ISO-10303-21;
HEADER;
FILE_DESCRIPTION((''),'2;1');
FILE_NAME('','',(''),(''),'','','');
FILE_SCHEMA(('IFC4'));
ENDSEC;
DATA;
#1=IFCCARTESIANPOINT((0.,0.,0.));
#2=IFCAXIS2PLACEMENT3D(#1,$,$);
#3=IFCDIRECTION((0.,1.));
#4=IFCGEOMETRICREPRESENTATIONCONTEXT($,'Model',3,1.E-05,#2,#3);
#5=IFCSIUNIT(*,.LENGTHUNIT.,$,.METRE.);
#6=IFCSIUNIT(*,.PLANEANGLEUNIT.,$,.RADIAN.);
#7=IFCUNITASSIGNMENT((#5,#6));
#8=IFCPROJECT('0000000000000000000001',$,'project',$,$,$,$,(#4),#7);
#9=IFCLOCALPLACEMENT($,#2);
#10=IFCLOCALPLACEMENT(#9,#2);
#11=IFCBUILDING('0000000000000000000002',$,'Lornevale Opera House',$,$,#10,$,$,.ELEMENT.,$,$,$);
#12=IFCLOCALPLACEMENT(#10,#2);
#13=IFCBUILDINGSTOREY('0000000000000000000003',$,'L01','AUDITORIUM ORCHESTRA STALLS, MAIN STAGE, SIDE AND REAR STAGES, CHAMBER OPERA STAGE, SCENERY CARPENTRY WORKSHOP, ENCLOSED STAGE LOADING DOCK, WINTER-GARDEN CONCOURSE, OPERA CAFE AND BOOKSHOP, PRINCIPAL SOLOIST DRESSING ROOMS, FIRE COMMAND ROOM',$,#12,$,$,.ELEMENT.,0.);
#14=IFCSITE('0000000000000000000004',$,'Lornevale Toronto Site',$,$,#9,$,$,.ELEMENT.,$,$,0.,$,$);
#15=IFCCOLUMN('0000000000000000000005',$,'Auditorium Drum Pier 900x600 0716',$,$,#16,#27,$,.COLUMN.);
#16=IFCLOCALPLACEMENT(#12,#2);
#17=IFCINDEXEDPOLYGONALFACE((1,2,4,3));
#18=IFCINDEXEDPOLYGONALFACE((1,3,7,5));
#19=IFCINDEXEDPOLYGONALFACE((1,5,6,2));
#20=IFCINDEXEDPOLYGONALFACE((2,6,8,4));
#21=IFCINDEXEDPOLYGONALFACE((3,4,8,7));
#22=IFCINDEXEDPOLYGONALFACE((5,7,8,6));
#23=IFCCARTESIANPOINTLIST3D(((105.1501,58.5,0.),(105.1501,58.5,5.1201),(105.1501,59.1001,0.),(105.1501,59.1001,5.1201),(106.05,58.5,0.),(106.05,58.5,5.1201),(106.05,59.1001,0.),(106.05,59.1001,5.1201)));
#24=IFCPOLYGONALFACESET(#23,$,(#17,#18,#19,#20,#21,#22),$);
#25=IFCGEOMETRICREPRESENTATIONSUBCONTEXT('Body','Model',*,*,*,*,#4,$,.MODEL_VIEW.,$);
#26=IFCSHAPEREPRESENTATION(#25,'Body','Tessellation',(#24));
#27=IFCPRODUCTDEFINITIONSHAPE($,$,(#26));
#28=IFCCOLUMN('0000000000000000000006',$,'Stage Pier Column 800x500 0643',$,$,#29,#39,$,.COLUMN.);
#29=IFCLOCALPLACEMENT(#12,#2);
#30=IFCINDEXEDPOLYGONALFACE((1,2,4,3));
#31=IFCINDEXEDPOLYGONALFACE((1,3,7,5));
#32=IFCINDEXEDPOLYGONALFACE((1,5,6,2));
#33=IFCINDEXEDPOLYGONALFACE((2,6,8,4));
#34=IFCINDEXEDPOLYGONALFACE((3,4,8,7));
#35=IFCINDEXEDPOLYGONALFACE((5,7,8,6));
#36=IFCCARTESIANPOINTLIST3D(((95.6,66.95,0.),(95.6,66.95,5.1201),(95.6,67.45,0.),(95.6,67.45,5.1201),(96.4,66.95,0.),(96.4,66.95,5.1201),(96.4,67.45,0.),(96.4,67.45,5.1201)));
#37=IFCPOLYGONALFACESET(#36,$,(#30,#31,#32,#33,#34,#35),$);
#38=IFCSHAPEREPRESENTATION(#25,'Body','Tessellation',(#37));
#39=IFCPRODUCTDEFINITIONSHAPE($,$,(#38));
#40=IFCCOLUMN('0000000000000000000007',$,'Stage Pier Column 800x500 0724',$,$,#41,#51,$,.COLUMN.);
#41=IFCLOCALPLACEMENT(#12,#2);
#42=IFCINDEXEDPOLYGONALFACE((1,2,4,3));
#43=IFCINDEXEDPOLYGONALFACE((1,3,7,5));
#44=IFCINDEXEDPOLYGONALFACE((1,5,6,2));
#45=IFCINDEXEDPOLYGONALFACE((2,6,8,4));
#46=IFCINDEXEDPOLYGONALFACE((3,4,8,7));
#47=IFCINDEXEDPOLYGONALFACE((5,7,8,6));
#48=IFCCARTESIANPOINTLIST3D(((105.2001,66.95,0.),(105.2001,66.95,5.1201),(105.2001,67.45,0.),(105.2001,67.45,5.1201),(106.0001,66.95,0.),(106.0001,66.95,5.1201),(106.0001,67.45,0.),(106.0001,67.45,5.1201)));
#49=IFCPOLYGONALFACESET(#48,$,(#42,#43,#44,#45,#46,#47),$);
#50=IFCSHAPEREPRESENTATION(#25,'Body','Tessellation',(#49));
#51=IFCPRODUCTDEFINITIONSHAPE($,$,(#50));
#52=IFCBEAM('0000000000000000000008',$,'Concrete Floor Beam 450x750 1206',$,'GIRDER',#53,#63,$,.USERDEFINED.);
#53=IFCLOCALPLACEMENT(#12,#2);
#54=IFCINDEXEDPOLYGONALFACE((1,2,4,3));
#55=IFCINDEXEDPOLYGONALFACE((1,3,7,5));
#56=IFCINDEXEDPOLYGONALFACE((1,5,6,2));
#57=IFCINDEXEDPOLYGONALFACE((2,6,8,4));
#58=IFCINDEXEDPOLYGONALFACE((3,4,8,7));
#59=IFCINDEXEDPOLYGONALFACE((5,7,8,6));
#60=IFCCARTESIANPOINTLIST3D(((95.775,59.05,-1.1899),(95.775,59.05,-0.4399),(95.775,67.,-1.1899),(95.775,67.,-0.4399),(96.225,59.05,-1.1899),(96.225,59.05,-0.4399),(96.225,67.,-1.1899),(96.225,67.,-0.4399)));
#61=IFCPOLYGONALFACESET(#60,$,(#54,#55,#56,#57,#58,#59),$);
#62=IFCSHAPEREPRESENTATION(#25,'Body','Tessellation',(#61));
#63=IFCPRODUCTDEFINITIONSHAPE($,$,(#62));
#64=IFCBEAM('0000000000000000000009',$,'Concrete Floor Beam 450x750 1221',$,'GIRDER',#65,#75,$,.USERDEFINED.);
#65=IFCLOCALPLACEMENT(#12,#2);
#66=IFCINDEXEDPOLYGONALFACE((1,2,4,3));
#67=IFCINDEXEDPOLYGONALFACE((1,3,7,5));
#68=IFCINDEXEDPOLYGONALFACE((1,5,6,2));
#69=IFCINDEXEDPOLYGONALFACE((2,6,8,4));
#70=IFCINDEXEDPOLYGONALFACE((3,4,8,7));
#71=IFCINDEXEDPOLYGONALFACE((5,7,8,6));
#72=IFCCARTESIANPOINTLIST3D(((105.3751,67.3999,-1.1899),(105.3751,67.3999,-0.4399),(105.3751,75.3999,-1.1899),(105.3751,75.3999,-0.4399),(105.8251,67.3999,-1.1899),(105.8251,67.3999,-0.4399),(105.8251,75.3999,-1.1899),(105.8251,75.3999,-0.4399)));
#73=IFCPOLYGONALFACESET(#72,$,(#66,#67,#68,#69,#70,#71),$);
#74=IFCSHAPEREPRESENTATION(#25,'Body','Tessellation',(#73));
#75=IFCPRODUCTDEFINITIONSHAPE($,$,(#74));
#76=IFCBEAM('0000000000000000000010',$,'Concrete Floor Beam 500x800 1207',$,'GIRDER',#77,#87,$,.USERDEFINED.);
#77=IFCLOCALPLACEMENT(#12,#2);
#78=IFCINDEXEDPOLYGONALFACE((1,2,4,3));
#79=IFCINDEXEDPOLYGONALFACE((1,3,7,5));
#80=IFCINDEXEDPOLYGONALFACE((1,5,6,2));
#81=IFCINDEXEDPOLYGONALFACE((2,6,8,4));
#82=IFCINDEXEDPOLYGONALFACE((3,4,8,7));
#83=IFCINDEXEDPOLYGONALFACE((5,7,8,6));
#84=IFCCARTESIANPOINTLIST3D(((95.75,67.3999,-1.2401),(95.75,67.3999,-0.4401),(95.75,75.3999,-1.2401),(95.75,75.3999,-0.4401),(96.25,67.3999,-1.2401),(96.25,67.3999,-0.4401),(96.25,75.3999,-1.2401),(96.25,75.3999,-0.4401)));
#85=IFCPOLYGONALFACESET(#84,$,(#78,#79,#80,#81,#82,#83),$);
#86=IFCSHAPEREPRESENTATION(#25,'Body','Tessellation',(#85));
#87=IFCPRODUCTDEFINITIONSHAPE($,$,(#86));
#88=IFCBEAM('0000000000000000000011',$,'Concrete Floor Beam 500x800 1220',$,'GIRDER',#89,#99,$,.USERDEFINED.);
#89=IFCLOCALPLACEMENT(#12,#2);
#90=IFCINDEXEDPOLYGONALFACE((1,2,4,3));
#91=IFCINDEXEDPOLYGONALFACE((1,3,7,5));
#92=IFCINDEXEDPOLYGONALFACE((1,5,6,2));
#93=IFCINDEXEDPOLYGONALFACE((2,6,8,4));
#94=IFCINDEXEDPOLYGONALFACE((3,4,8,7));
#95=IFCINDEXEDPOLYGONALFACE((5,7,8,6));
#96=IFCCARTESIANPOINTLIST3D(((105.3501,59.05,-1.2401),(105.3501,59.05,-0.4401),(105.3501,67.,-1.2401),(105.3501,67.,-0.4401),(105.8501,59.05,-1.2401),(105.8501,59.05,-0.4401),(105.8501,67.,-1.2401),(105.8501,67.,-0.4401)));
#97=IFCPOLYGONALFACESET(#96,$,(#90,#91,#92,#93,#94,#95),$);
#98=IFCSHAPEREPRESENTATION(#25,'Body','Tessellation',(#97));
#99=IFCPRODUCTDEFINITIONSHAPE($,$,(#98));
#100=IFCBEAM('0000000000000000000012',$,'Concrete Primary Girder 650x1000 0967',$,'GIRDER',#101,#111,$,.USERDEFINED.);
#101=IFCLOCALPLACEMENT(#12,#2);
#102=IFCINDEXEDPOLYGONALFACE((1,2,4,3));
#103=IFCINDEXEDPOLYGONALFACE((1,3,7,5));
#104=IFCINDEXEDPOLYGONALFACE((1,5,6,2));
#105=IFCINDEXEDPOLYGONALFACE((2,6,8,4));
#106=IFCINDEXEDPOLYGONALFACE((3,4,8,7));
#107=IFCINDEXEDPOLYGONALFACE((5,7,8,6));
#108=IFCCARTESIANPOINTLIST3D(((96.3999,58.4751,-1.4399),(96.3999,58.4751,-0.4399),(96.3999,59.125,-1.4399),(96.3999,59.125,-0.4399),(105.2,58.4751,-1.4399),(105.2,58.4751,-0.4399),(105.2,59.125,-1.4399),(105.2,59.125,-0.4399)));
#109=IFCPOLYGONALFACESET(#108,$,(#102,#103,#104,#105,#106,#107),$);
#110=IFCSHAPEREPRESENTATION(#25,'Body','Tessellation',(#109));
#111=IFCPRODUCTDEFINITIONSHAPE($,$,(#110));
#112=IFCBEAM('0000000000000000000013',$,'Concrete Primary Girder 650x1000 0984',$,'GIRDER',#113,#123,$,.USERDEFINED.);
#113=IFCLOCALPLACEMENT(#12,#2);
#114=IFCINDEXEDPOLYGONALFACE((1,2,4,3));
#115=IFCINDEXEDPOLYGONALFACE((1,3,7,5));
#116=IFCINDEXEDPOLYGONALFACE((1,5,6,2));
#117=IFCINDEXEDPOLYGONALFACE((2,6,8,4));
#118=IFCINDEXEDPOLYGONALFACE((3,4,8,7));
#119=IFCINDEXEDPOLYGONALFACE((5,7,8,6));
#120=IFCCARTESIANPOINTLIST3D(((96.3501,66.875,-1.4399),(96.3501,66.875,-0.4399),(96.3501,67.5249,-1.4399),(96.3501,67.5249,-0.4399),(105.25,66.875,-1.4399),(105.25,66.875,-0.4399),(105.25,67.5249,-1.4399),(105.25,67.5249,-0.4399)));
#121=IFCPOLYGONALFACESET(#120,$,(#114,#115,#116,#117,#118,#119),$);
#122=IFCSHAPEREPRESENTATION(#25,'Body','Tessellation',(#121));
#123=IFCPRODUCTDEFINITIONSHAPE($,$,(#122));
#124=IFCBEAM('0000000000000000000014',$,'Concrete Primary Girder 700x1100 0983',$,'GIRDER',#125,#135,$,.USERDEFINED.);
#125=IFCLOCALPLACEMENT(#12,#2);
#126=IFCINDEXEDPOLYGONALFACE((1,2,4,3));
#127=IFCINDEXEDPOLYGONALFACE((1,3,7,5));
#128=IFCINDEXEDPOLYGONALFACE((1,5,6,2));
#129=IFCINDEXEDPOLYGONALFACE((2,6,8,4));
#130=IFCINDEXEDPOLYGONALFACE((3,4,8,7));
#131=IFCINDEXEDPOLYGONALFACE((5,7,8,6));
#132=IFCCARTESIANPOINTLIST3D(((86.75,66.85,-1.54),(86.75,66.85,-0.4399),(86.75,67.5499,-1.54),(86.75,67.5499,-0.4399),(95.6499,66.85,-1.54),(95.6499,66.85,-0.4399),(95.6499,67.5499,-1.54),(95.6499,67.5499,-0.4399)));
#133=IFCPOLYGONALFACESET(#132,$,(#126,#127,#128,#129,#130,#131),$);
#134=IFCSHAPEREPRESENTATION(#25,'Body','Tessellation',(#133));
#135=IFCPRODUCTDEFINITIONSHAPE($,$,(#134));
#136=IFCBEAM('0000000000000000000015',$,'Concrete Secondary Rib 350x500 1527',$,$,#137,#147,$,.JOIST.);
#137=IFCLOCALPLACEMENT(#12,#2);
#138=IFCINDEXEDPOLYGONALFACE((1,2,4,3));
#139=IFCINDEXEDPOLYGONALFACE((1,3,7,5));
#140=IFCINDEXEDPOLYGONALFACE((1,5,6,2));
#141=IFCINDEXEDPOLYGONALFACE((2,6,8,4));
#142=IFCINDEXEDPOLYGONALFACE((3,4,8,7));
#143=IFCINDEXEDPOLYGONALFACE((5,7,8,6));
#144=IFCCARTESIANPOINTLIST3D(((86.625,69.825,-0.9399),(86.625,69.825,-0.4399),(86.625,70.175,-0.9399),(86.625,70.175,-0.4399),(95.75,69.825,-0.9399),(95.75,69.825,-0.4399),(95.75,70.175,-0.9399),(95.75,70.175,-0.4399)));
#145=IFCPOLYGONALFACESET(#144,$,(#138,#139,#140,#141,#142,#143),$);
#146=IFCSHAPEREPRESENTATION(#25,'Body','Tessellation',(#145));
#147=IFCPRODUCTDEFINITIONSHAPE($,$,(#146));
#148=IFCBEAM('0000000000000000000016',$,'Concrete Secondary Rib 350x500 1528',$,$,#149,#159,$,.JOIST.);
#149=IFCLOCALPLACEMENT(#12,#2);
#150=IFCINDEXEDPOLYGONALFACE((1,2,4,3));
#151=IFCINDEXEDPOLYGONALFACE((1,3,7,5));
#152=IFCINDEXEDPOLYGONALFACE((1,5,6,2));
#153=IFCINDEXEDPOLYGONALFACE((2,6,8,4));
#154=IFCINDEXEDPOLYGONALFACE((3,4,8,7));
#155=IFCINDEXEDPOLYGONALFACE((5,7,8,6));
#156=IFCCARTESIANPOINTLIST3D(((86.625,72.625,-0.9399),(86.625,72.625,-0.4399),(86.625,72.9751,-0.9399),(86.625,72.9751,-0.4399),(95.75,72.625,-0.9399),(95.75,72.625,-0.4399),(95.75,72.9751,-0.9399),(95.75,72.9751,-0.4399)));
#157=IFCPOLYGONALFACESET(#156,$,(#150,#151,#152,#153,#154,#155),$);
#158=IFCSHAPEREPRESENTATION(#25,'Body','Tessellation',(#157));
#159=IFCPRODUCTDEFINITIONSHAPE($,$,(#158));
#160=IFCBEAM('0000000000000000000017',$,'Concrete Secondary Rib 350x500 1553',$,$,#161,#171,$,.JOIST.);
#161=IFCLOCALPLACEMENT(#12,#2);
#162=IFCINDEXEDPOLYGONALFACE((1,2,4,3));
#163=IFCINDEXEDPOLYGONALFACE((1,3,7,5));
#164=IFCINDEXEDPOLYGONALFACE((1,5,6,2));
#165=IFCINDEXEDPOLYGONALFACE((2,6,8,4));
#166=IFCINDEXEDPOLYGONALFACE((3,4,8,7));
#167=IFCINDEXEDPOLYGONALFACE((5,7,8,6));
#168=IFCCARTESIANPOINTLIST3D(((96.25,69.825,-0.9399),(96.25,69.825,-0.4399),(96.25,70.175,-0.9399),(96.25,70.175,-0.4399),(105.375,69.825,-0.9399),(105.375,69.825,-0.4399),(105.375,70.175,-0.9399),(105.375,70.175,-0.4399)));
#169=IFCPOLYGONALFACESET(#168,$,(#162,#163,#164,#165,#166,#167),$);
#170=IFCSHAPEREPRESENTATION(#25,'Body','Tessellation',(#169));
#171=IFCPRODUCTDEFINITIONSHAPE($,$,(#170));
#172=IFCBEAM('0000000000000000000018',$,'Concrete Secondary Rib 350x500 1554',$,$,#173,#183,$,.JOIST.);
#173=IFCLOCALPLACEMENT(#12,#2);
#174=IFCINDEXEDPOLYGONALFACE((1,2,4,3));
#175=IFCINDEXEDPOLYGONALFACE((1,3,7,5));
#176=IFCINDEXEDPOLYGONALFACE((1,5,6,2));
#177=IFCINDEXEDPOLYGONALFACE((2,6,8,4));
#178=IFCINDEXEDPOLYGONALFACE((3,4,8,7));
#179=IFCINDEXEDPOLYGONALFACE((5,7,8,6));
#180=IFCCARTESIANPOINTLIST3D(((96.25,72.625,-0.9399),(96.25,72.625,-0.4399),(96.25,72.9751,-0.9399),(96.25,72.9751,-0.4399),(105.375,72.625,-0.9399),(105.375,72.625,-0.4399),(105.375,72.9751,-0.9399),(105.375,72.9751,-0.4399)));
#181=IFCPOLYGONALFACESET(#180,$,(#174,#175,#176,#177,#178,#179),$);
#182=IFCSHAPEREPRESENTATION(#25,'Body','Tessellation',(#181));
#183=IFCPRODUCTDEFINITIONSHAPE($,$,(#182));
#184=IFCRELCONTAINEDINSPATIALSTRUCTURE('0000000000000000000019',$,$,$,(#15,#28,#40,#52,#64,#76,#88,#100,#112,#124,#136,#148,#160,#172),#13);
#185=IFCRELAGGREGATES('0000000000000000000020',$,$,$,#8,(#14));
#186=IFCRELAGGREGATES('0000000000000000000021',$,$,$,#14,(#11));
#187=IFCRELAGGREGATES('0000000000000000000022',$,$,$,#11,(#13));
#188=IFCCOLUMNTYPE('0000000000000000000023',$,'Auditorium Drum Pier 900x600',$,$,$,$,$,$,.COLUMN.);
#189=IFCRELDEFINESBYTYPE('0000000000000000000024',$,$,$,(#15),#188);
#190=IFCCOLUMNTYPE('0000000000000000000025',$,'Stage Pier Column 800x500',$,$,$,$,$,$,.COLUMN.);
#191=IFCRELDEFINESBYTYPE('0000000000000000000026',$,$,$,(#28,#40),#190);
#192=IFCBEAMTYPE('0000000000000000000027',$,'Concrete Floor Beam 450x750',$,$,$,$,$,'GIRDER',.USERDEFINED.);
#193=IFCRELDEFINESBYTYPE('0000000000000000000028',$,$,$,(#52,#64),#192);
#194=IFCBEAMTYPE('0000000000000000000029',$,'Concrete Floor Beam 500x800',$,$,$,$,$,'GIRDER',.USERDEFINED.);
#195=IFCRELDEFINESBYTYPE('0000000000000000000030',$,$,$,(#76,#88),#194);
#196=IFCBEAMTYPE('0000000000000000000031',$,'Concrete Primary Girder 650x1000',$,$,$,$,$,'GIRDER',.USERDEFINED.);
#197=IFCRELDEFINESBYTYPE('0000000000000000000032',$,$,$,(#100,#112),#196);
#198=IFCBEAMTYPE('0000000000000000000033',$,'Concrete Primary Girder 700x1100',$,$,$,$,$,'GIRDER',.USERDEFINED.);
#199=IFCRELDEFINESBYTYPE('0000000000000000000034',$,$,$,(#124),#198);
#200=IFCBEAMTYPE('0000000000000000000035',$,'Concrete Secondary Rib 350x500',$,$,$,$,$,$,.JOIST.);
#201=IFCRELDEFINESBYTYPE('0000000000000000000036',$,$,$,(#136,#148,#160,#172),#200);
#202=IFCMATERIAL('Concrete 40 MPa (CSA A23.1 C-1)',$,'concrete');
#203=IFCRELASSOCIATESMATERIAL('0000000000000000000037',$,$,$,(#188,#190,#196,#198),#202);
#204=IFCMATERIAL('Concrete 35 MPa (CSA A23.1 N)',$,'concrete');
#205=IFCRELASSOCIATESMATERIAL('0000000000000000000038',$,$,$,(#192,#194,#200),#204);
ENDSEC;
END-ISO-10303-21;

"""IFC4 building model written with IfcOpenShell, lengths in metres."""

from ifc_helpers import new_model, si_unit, direction, frame, origin, origin_2d, place, context, subcontext, project, spatial, rectangle, extrude, material, material_profile, profile_set, type_object, element, save


model = new_model("IFC4")

# Units and contexts
model_context = context("Model", 3, precision=1e-05, world=origin(), true_north=direction((0.0, 1.0)))
body_context = subcontext(model_context, "Body", "Model", "MODEL_VIEW")
ifc_project = project(units=[si_unit("LENGTHUNIT", "METRE"), si_unit("PLANEANGLEUNIT", "RADIAN")], contexts=[model_context])

# Site, building, storey
site_placement = place(None, origin())
site = spatial("IfcSite", under=ifc_project, at=site_placement, Name="Lornevale Toronto Site", CompositionType="ELEMENT", RefElevation=0.0)
building_placement = place(site_placement, origin())
building = spatial("IfcBuilding", under=site, at=building_placement, Name="Lornevale Opera House", CompositionType="ELEMENT")
storey_placement = place(building_placement, origin())
storey = spatial("IfcBuildingStorey", under=building, at=storey_placement, Name="L01", Description="AUDITORIUM ORCHESTRA STALLS, MAIN STAGE, SIDE AND REAR STAGES, CHAMBER OPERA STAGE, SCENERY CARPENTRY WORKSHOP, ENCLOSED STAGE LOADING DOCK, WINTER-GARDEN CONCOURSE, OPERA CAFE AND BOOKSHOP, PRINCIPAL SOLOIST DRESSING ROOMS, FIRE COMMAND ROOM", CompositionType="ELEMENT", Elevation=0.0)

# Columns
ifc_material_1 = material(Name="Concrete 40 MPa (CSA A23.1 C-1)", Category="concrete")
ifc_material_profile_1 = material_profile(ifc_material_1, rectangle(XDim=0.8999, YDim=0.6001, at=origin_2d()), Name="RC900x600")
ifc_profile_set_1 = profile_set([ifc_material_profile_1], Name="Concrete 40 MPa (CSA A23.1 C-1)")
column_type_1 = type_object("IfcColumnType", Name="Auditorium Drum Pier 900x600", PredefinedType="COLUMN", material=ifc_profile_set_1)
column_placement = place(storey_placement, frame((105.6001, 58.8, 0.0), z_axis=(0.0, 0.0, 1.0), x_axis=(1.0, 0.0, 0.0)))
element("IfcColumn", 1, at=column_placement, inside=storey, type_object=column_type_1, Name="Auditorium Drum Pier 900x600 0716", PredefinedType="COLUMN", context=body_context, shape_type="SweptSolid", body=[
    extrude(rectangle(XDim=0.8999, YDim=0.6001, at=origin_2d()), origin(), (0.0, 0.0, 1.0), 5.1201),
])
ifc_material_profile_2 = material_profile(ifc_material_1, rectangle(XDim=0.8, YDim=0.5, at=origin_2d()), Name="RC800x500")
ifc_profile_set_2 = profile_set([ifc_material_profile_2], Name="Concrete 40 MPa (CSA A23.1 C-1)")
column_type_2 = type_object("IfcColumnType", Name="Stage Pier Column 800x500", PredefinedType="COLUMN", material=ifc_profile_set_2)
for number, where, z_axis, x_axis, name in (
    (2, (96.0, 67.2, 0.0), (0.0, 0.0, 1.0), (1.0, 0.0, 0.0), "Stage Pier Column 800x500 0643"),
    (3, (105.6001, 67.2, 0.0), (0.0, 0.0, 1.0), (1.0, 0.0, 0.0), "Stage Pier Column 800x500 0724"),
):
    element("IfcColumn", number, at=place(storey_placement, frame(where, z_axis=z_axis, x_axis=x_axis)), inside=storey, type_object=column_type_2, Name=name, PredefinedType="COLUMN", context=body_context, shape_type="SweptSolid", body=[
        extrude(rectangle(XDim=0.8, YDim=0.5, at=origin_2d()), origin(), (0.0, 0.0, 1.0), 5.1201),
    ])

# Beams
ifc_material_2 = material(Name="Concrete 35 MPa (CSA A23.1 N)", Category="concrete")
ifc_material_profile_3 = material_profile(ifc_material_2, rectangle(XDim=0.45, YDim=0.75, at=origin_2d()), Name="RC450x750")
ifc_profile_set_3 = profile_set([ifc_material_profile_3], Name="Concrete 35 MPa (CSA A23.1 N)")
beam_type_1 = type_object("IfcBeamType", Name="Concrete Floor Beam 450x750", ElementType="GIRDER", PredefinedType="USERDEFINED", material=ifc_profile_set_3)
beam_1_placement = place(storey_placement, frame((96.0, 59.05, -0.8149), z_axis=(0.0, 1.0, 0.0), x_axis=(-1.0, 0.0, 0.0)))
element("IfcBeam", 4, at=beam_1_placement, inside=storey, type_object=beam_type_1, Name="Concrete Floor Beam 450x750 1206", ObjectType="GIRDER", PredefinedType="USERDEFINED", context=body_context, shape_type="SweptSolid", body=[
    extrude(rectangle(XDim=0.45, YDim=0.75, at=origin_2d()), origin(), (0.0, 0.0, 1.0), 7.95),
])
beam_2_placement = place(storey_placement, frame((105.6001, 67.3999, -0.8149), z_axis=(0.0, 1.0, 0.0), x_axis=(-1.0, 0.0, 0.0)))
element("IfcBeam", 5, at=beam_2_placement, inside=storey, type_object=beam_type_1, Name="Concrete Floor Beam 450x750 1221", ObjectType="GIRDER", PredefinedType="USERDEFINED", context=body_context, shape_type="SweptSolid", body=[
    extrude(rectangle(XDim=0.45, YDim=0.75, at=origin_2d()), origin(), (0.0, 0.0, 1.0), 8.0),
])
ifc_material_profile_4 = material_profile(ifc_material_2, rectangle(XDim=0.5, YDim=0.8, at=origin_2d()), Name="RC500x800")
ifc_profile_set_4 = profile_set([ifc_material_profile_4], Name="Concrete 35 MPa (CSA A23.1 N)")
beam_type_2 = type_object("IfcBeamType", Name="Concrete Floor Beam 500x800", ElementType="GIRDER", PredefinedType="USERDEFINED", material=ifc_profile_set_4)
beam_3_placement = place(storey_placement, frame((96.0, 67.3999, -0.8401), z_axis=(0.0, 1.0, 0.0), x_axis=(-1.0, 0.0, 0.0)))
element("IfcBeam", 6, at=beam_3_placement, inside=storey, type_object=beam_type_2, Name="Concrete Floor Beam 500x800 1207", ObjectType="GIRDER", PredefinedType="USERDEFINED", context=body_context, shape_type="SweptSolid", body=[
    extrude(rectangle(XDim=0.5, YDim=0.8, at=origin_2d()), origin(), (0.0, 0.0, 1.0), 8.0),
])
beam_4_placement = place(storey_placement, frame((105.6001, 59.05, -0.8401), z_axis=(0.0, 1.0, 0.0), x_axis=(-1.0, 0.0, 0.0)))
element("IfcBeam", 7, at=beam_4_placement, inside=storey, type_object=beam_type_2, Name="Concrete Floor Beam 500x800 1220", ObjectType="GIRDER", PredefinedType="USERDEFINED", context=body_context, shape_type="SweptSolid", body=[
    extrude(rectangle(XDim=0.5, YDim=0.8, at=origin_2d()), origin(), (0.0, 0.0, 1.0), 7.95),
])
ifc_material_profile_5 = material_profile(ifc_material_1, rectangle(XDim=0.6499, YDim=1.0, at=origin_2d()), Name="RC650x1000")
ifc_profile_set_5 = profile_set([ifc_material_profile_5], Name="Concrete 40 MPa (CSA A23.1 C-1)")
beam_type_3 = type_object("IfcBeamType", Name="Concrete Primary Girder 650x1000", ElementType="GIRDER", PredefinedType="USERDEFINED", material=ifc_profile_set_5)
beam_5_placement = place(storey_placement, frame((96.3999, 58.8, -0.9399), z_axis=(1.0, 0.0, 0.0), x_axis=(0.0, 1.0, 0.0)))
element("IfcBeam", 8, at=beam_5_placement, inside=storey, type_object=beam_type_3, Name="Concrete Primary Girder 650x1000 0967", ObjectType="GIRDER", PredefinedType="USERDEFINED", context=body_context, shape_type="SweptSolid", body=[
    extrude(rectangle(XDim=0.6499, YDim=1.0, at=origin_2d()), origin(), (0.0, 0.0, 1.0), 8.8),
])
beam_6_placement = place(storey_placement, frame((96.3501, 67.2, -0.9399), z_axis=(1.0, 0.0, 0.0), x_axis=(0.0, 1.0, 0.0)))
element("IfcBeam", 9, at=beam_6_placement, inside=storey, type_object=beam_type_3, Name="Concrete Primary Girder 650x1000 0984", ObjectType="GIRDER", PredefinedType="USERDEFINED", context=body_context, shape_type="SweptSolid", body=[
    extrude(rectangle(XDim=0.6499, YDim=1.0, at=origin_2d()), origin(), (0.0, 0.0, 1.0), 8.8999),
])
ifc_material_profile_6 = material_profile(ifc_material_1, rectangle(XDim=0.7, YDim=1.1001, at=origin_2d()), Name="RC700x1100")
ifc_profile_set_6 = profile_set([ifc_material_profile_6], Name="Concrete 40 MPa (CSA A23.1 C-1)")
beam_type_4 = type_object("IfcBeamType", Name="Concrete Primary Girder 700x1100", ElementType="GIRDER", PredefinedType="USERDEFINED", material=ifc_profile_set_6)
beam_7_placement = place(storey_placement, frame((86.75, 67.2, -0.99), z_axis=(1.0, 0.0, 0.0), x_axis=(0.0, 1.0, 0.0)))
element("IfcBeam", 10, at=beam_7_placement, inside=storey, type_object=beam_type_4, Name="Concrete Primary Girder 700x1100 0983", ObjectType="GIRDER", PredefinedType="USERDEFINED", context=body_context, shape_type="SweptSolid", body=[
    extrude(rectangle(XDim=0.7, YDim=1.1001, at=origin_2d()), origin(), (0.0, 0.0, 1.0), 8.8999),
])
ifc_material_profile_7 = material_profile(ifc_material_2, rectangle(XDim=0.3501, YDim=0.5, at=origin_2d()), Name="RC350x500")
ifc_profile_set_7 = profile_set([ifc_material_profile_7], Name="Concrete 35 MPa (CSA A23.1 N)")
beam_type_5 = type_object("IfcBeamType", Name="Concrete Secondary Rib 350x500", PredefinedType="JOIST", material=ifc_profile_set_7)
for number, where, z_axis, x_axis, name in (
    (11, (86.625, 70.0, -0.6899), (1.0, 0.0, 0.0), (0.0, 1.0, 0.0), "Concrete Secondary Rib 350x500 1527"),
    (12, (86.625, 72.8, -0.6899), (1.0, 0.0, 0.0), (0.0, 1.0, 0.0), "Concrete Secondary Rib 350x500 1528"),
    (13, (96.25, 70.0, -0.6899), (1.0, 0.0, 0.0), (0.0, 1.0, 0.0), "Concrete Secondary Rib 350x500 1553"),
    (14, (96.25, 72.8, -0.6899), (1.0, 0.0, 0.0), (0.0, 1.0, 0.0), "Concrete Secondary Rib 350x500 1554"),
):
    element("IfcBeam", number, at=place(storey_placement, frame(where, z_axis=z_axis, x_axis=x_axis)), inside=storey, type_object=beam_type_5, Name=name, PredefinedType="JOIST", context=body_context, shape_type="SweptSolid", body=[
        extrude(rectangle(XDim=0.3501, YDim=0.5, at=origin_2d()), origin(), (0.0, 0.0, 1.0), 9.125),
    ])

save(model, "model.ifc")
